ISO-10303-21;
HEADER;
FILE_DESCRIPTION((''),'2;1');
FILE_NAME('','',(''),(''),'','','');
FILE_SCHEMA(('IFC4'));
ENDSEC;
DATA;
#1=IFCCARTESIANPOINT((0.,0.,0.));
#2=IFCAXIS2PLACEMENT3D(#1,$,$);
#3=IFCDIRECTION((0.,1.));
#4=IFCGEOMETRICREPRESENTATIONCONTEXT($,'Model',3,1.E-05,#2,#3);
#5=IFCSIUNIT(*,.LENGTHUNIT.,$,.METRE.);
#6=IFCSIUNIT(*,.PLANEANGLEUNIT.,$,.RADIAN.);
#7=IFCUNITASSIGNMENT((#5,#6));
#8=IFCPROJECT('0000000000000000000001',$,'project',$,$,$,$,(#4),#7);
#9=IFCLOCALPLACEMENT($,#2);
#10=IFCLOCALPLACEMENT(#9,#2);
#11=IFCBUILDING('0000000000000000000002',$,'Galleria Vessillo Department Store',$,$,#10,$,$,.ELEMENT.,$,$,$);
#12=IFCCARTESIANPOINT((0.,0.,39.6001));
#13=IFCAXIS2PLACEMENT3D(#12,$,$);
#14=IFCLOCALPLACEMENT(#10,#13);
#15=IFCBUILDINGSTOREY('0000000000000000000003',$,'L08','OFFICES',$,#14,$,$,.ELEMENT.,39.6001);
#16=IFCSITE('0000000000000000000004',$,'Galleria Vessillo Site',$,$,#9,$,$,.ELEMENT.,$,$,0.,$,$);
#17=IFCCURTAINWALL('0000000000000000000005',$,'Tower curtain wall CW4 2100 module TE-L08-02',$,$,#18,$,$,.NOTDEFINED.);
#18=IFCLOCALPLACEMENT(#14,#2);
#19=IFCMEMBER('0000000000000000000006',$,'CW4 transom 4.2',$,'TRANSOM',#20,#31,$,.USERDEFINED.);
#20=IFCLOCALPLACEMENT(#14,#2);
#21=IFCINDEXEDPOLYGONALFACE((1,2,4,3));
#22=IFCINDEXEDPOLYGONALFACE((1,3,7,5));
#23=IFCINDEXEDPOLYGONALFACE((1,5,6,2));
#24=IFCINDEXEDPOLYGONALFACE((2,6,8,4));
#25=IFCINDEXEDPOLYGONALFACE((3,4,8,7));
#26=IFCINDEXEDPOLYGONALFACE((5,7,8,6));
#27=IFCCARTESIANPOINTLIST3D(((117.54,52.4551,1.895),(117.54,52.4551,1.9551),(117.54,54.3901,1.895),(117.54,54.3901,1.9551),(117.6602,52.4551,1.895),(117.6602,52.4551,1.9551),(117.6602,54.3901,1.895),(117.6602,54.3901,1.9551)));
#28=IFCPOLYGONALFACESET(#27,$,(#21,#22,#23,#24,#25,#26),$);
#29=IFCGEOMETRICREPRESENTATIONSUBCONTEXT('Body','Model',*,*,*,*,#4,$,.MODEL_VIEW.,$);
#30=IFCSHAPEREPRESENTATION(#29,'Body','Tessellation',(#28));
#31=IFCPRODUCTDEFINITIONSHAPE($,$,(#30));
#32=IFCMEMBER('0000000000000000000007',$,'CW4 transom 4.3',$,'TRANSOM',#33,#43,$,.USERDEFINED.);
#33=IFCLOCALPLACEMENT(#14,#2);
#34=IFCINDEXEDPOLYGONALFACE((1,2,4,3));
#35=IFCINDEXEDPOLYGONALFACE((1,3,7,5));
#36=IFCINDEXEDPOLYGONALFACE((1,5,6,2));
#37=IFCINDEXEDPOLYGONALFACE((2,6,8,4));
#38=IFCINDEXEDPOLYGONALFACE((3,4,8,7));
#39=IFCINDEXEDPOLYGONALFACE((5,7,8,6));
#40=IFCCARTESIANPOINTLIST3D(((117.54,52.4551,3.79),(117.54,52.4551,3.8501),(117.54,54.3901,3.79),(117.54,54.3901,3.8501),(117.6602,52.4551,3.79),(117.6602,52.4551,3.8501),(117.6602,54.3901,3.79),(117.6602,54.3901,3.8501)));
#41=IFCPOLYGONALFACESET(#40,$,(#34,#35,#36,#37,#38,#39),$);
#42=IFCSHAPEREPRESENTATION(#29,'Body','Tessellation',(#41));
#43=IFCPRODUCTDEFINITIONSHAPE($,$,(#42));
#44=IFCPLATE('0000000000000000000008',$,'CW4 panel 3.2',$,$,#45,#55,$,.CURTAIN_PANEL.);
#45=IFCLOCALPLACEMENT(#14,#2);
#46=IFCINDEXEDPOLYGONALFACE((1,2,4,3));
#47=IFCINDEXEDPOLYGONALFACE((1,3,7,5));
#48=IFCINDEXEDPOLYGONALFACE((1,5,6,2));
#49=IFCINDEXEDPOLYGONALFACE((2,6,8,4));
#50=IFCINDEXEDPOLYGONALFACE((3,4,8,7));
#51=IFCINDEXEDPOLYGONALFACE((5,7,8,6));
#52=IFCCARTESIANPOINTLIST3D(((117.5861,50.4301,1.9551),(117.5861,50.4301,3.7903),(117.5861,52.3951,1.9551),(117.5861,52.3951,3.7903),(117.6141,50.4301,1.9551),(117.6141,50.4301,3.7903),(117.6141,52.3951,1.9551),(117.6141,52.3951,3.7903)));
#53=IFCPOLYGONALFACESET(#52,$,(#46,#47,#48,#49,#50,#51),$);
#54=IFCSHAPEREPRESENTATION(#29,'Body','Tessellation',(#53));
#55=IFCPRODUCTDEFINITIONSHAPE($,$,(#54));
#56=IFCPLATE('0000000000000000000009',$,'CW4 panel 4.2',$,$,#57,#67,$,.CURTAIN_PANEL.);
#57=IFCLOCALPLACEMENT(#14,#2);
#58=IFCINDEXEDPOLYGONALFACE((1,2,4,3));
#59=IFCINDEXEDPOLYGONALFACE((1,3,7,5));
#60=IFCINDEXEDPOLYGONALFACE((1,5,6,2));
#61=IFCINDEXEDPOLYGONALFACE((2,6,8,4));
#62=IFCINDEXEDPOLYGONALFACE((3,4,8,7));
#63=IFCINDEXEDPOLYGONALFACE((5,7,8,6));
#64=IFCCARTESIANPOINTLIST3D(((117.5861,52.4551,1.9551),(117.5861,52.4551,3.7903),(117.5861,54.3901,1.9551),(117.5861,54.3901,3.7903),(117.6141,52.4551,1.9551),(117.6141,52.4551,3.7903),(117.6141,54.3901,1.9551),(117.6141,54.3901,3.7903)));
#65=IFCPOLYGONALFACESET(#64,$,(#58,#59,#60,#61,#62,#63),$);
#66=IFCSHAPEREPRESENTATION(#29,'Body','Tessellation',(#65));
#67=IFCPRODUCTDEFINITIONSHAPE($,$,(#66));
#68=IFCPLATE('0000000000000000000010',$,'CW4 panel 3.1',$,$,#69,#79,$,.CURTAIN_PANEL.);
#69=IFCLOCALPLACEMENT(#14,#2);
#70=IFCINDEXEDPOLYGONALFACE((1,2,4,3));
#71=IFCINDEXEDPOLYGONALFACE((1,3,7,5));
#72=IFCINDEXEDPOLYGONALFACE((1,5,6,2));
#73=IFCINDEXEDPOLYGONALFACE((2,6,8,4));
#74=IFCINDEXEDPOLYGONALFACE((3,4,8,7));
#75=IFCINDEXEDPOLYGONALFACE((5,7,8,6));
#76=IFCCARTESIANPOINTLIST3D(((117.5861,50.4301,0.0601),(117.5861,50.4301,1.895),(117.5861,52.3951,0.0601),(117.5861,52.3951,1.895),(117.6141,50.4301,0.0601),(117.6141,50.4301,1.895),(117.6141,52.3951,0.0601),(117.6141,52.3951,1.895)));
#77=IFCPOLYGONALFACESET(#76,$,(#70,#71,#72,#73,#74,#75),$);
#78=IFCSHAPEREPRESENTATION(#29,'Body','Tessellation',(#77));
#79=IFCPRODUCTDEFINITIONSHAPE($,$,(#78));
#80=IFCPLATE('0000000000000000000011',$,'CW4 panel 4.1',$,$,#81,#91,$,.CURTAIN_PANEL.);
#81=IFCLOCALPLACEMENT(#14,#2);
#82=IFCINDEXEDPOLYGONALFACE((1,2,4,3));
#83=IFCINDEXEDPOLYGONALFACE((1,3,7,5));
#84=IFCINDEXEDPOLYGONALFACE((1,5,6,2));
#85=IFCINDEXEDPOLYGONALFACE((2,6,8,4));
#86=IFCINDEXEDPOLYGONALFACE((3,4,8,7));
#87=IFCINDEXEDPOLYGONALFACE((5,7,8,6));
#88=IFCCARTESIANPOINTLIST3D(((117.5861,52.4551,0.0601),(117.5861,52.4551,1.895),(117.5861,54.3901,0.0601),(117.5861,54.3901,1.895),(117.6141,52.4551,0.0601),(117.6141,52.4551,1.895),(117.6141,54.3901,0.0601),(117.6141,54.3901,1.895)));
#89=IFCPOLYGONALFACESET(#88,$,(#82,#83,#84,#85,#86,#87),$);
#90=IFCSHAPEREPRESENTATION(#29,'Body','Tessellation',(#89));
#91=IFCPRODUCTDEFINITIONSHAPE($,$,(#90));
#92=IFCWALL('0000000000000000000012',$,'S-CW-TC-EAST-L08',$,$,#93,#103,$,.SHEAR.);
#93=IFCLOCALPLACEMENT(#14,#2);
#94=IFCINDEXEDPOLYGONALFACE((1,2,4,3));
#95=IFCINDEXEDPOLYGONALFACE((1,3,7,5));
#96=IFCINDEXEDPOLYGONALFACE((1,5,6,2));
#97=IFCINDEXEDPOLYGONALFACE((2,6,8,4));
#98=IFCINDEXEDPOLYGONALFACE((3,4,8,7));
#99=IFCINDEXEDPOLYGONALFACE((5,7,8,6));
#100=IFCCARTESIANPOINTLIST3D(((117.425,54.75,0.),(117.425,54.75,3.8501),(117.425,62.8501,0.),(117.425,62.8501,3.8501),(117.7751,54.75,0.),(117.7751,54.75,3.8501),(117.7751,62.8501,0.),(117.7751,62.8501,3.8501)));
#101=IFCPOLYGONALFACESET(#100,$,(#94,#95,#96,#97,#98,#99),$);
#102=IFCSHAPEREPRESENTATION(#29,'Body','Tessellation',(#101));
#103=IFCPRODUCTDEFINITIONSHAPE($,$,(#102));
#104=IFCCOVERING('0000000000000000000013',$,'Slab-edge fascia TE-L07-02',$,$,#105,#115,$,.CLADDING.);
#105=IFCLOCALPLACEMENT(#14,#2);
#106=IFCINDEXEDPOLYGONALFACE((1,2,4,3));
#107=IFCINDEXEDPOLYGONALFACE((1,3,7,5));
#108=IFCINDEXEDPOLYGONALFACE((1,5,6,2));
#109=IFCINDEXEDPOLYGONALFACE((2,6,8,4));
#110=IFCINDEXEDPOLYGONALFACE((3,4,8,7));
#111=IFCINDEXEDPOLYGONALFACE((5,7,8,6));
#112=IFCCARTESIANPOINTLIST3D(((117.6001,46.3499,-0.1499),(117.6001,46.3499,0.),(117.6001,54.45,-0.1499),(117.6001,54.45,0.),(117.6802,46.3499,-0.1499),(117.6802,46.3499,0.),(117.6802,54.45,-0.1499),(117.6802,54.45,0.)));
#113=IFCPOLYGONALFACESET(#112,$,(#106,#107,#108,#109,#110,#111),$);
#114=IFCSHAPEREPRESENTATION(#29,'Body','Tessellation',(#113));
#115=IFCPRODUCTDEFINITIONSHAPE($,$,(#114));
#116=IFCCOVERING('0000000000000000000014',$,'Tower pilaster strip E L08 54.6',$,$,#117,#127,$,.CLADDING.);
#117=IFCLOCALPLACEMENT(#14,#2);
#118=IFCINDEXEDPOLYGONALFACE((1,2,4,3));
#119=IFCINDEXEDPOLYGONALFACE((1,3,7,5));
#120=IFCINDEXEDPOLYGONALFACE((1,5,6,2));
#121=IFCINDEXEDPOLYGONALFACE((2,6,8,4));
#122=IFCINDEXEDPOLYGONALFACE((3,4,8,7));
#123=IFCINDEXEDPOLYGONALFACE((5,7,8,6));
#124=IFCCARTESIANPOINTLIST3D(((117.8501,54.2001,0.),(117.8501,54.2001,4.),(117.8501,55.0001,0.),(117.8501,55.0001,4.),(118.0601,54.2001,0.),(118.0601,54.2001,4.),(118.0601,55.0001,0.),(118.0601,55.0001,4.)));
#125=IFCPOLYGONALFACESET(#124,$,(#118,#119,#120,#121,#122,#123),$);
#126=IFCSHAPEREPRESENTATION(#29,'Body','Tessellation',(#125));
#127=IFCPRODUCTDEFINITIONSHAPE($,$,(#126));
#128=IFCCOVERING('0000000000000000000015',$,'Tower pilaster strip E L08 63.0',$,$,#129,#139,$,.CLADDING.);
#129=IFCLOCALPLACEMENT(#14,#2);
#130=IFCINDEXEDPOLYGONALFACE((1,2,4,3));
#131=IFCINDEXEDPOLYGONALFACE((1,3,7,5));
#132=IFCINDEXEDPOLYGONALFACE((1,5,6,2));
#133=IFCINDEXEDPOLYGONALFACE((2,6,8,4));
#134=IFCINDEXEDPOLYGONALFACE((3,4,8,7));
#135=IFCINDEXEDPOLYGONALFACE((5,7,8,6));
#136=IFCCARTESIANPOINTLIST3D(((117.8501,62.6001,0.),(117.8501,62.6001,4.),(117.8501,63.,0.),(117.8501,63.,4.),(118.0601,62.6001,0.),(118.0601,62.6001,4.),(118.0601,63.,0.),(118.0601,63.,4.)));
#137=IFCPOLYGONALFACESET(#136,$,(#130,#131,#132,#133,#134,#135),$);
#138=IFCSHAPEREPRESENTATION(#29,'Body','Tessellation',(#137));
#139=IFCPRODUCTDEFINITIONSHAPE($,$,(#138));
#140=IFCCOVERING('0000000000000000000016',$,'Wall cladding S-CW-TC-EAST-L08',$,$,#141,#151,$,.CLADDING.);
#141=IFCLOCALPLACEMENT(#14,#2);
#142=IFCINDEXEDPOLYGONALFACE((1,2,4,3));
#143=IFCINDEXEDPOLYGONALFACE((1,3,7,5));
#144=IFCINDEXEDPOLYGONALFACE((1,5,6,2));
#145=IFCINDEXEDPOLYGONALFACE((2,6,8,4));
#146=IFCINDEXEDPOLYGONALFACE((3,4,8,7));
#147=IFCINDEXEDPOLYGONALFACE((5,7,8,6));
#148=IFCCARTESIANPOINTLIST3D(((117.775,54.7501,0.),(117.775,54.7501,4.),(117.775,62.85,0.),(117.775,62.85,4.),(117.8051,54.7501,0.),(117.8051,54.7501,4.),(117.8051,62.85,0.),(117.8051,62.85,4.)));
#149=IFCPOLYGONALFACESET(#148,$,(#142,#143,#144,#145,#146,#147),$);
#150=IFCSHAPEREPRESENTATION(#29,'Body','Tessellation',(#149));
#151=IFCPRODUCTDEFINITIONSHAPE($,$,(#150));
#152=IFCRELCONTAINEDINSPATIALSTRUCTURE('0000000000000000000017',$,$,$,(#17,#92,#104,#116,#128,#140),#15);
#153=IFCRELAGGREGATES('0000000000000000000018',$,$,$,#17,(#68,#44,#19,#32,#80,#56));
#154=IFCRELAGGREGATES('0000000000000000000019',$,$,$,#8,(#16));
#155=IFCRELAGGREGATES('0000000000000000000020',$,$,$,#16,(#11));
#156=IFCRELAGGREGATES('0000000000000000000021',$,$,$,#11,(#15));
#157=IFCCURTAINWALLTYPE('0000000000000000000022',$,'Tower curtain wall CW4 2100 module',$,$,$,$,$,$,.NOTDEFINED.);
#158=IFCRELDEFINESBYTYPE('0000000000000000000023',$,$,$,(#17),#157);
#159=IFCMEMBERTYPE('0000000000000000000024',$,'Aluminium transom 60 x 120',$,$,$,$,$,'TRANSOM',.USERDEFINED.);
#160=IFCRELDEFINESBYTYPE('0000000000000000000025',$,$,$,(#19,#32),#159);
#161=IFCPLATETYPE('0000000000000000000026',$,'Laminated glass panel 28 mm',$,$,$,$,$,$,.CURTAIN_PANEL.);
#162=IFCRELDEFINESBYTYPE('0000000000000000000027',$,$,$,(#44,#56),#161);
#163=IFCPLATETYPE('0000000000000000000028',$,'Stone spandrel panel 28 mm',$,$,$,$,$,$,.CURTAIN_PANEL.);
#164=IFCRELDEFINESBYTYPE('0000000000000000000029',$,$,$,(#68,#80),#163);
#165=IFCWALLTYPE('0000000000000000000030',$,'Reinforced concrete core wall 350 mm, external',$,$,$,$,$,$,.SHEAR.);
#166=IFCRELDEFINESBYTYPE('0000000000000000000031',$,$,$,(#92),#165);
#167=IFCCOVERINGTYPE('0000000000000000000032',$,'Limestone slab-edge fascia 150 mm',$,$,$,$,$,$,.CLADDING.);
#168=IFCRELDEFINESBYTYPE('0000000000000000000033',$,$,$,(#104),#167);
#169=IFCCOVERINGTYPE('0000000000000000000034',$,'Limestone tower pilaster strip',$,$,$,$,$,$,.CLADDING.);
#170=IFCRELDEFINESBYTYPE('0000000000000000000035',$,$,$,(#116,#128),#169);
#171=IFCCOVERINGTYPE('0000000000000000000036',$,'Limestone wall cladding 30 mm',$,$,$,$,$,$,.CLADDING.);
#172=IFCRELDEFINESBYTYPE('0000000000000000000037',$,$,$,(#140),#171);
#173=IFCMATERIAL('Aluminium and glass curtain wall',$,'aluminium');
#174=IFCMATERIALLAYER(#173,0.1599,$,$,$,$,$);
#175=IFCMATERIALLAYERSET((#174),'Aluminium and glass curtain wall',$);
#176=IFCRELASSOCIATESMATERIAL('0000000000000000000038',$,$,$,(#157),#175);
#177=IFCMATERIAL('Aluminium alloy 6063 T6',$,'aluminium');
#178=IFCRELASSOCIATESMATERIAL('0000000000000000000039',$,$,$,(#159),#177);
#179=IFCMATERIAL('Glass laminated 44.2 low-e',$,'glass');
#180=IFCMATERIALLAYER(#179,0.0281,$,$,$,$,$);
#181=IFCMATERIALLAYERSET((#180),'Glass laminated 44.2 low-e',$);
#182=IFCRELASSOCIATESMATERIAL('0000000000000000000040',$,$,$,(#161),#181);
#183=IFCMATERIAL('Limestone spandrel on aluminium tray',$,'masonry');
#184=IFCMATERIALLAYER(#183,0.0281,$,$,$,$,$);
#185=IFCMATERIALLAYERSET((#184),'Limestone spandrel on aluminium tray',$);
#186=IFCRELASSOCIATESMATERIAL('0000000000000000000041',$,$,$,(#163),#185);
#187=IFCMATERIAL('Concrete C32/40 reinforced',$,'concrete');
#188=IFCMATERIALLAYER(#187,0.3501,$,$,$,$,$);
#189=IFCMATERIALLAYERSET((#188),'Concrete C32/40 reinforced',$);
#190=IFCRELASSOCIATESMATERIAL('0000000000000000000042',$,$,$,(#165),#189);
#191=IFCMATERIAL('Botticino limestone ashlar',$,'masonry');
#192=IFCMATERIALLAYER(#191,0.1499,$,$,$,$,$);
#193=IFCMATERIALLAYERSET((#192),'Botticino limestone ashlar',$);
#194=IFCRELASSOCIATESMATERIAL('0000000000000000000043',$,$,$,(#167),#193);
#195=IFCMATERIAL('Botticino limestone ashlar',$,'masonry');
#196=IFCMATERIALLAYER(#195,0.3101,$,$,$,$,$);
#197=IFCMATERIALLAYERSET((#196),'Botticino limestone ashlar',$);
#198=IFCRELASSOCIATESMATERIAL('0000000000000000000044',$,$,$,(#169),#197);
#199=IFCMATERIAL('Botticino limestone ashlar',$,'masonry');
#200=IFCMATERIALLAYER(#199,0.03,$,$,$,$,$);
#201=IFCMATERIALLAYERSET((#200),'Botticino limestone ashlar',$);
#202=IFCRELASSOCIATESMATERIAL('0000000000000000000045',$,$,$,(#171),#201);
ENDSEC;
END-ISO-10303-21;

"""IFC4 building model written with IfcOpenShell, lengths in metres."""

from ifc_helpers import new_model, si_unit, direction, frame, frame_2d, origin, origin_2d, place, context, subcontext, project, spatial, rectangle, extrude, material, layer, layer_set, material_profile, profile_set, type_object, element, aggregate, save


model = new_model("IFC4")

# Units and contexts
model_context = context("Model", 3, precision=1e-05, world=origin(), true_north=direction((0.0, 1.0)))
body_context = subcontext(model_context, "Body", "Model", "MODEL_VIEW")
ifc_project = project(units=[si_unit("LENGTHUNIT", "METRE"), si_unit("PLANEANGLEUNIT", "RADIAN")], contexts=[model_context])

# Site, building, storey
site_placement = place(None, origin())
site = spatial("IfcSite", under=ifc_project, at=site_placement, Name="Galleria Vessillo Site", CompositionType="ELEMENT", RefElevation=0.0)
building_placement = place(site_placement, origin())
building = spatial("IfcBuilding", under=site, at=building_placement, Name="Galleria Vessillo Department Store", CompositionType="ELEMENT")
storey_placement = place(building_placement, frame((0.0, 0.0, 39.6001)))
storey = spatial("IfcBuildingStorey", under=building, at=storey_placement, Name="L08", Description="OFFICES", CompositionType="ELEMENT", Elevation=39.6001)

# Curtain wall, members, plates
ifc_material_1 = material(Name="Aluminium and glass curtain wall", Category="aluminium")
ifc_layer_1 = layer(ifc_material_1, 0.1599)
ifc_layer_set_1 = layer_set([ifc_layer_1], Name="Aluminium and glass curtain wall")
curtain_wall_type = type_object("IfcCurtainWallType", Name="Tower curtain wall CW4 2100 module", PredefinedType="NOTDEFINED", material=ifc_layer_set_1)
curtain_wall_placement = place(storey_placement, origin())
curtain_wall = element("IfcCurtainWall", 1, at=curtain_wall_placement, inside=storey, type_object=curtain_wall_type, Name="Tower curtain wall CW4 2100 module TE-L08-02", PredefinedType="NOTDEFINED")
ifc_material_2 = material(Name="Aluminium alloy 6063 T6", Category="aluminium")
ifc_material_profile_1 = material_profile(ifc_material_2, rectangle(XDim=0.1201, YDim=0.0601, at=origin_2d()), Name="AL 60x120")
ifc_profile_set_1 = profile_set([ifc_material_profile_1], Name="Aluminium alloy 6063 T6")
member_type_1 = type_object("IfcMemberType", Name="Aluminium transom 60 x 120", ElementType="TRANSOM", PredefinedType="USERDEFINED", material=ifc_profile_set_1)
member_1_placement = place(storey_placement, frame((117.6001, 52.4551, 1.925), z_axis=(0.0, 1.0, 0.0), x_axis=(-1.0, 0.0, 0.0)))
member_1 = element("IfcMember", 2, at=member_1_placement, type_object=member_type_1, Name="CW4 transom 4.2", ObjectType="TRANSOM", PredefinedType="USERDEFINED", context=body_context, shape_type="SweptSolid", body=[
    extrude(rectangle(XDim=0.1201, YDim=0.0601, at=origin_2d()), origin(), (0.0, 0.0, 1.0), 1.9351),
])
member_2_placement = place(storey_placement, frame((117.6001, 52.4551, 3.8201), z_axis=(0.0, 1.0, 0.0), x_axis=(-1.0, 0.0, 0.0)))
member_2 = element("IfcMember", 3, at=member_2_placement, type_object=member_type_1, Name="CW4 transom 4.3", ObjectType="TRANSOM", PredefinedType="USERDEFINED", context=body_context, shape_type="SweptSolid", body=[
    extrude(rectangle(XDim=0.1201, YDim=0.0601, at=origin_2d()), origin(), (0.0, 0.0, 1.0), 1.9351),
])
ifc_material_3 = material(Name="Glass laminated 44.2 low-e", Category="glass")
ifc_layer_2 = layer(ifc_material_3, 0.0281)
ifc_layer_set_2 = layer_set([ifc_layer_2], Name="Glass laminated 44.2 low-e")
plate_type_1 = type_object("IfcPlateType", Name="Laminated glass panel 28 mm", PredefinedType="CURTAIN_PANEL", material=ifc_layer_set_2)
plate_1_placement = place(storey_placement, frame((117.6001, 51.4126, 1.9551), z_axis=(0.0, 0.0, 1.0), x_axis=(0.0, 1.0, 0.0)))
plate_1 = element("IfcPlate", 4, at=plate_1_placement, type_object=plate_type_1, Name="CW4 panel 3.2", PredefinedType="CURTAIN_PANEL", context=body_context, shape_type="SweptSolid", body=[
    extrude(rectangle(XDim=1.9651, YDim=0.0281, at=origin_2d()), origin(), (0.0, 0.0, 1.0), 1.8352),
])
plate_2_placement = place(storey_placement, frame((117.6001, 53.4226, 1.9551), z_axis=(0.0, 0.0, 1.0), x_axis=(0.0, 1.0, 0.0)))
plate_2 = element("IfcPlate", 5, at=plate_2_placement, type_object=plate_type_1, Name="CW4 panel 4.2", PredefinedType="CURTAIN_PANEL", context=body_context, shape_type="SweptSolid", body=[
    extrude(rectangle(XDim=1.9351, YDim=0.0281, at=origin_2d()), origin(), (0.0, 0.0, 1.0), 1.8352),
])
ifc_material_4 = material(Name="Limestone spandrel on aluminium tray", Category="masonry")
ifc_layer_3 = layer(ifc_material_4, 0.0281)
ifc_layer_set_3 = layer_set([ifc_layer_3], Name="Limestone spandrel on aluminium tray")
plate_type_2 = type_object("IfcPlateType", Name="Stone spandrel panel 28 mm", PredefinedType="CURTAIN_PANEL", material=ifc_layer_set_3)
plate_3_placement = place(storey_placement, frame((117.6001, 51.4126, 0.0601), z_axis=(0.0, 0.0, 1.0), x_axis=(0.0, 1.0, 0.0)))
plate_3 = element("IfcPlate", 6, at=plate_3_placement, type_object=plate_type_2, Name="CW4 panel 3.1", PredefinedType="CURTAIN_PANEL", context=body_context, shape_type="SweptSolid", body=[
    extrude(rectangle(XDim=1.9651, YDim=0.0281, at=origin_2d()), origin(), (0.0, 0.0, 1.0), 1.835),
])
plate_4_placement = place(storey_placement, frame((117.6001, 53.4226, 0.0601), z_axis=(0.0, 0.0, 1.0), x_axis=(0.0, 1.0, 0.0)))
plate_4 = element("IfcPlate", 7, at=plate_4_placement, type_object=plate_type_2, Name="CW4 panel 4.1", PredefinedType="CURTAIN_PANEL", context=body_context, shape_type="SweptSolid", body=[
    extrude(rectangle(XDim=1.9351, YDim=0.0281, at=origin_2d()), origin(), (0.0, 0.0, 1.0), 1.835),
])
aggregate(curtain_wall, [plate_3, plate_1, member_1, member_2, plate_4, plate_2])

# Wall
ifc_material_5 = material(Name="Concrete C32/40 reinforced", Category="concrete")
ifc_layer_4 = layer(ifc_material_5, 0.3501)
ifc_layer_set_4 = layer_set([ifc_layer_4], Name="Concrete C32/40 reinforced")
wall_type = type_object("IfcWallType", Name="Reinforced concrete core wall 350 mm, external", PredefinedType="SHEAR", material=ifc_layer_set_4)
wall_placement = place(storey_placement, frame((117.6001, 54.75, 0.0), z_axis=(0.0, 0.0, 1.0), x_axis=(0.0, 1.0, 0.0)))
element("IfcWall", 8, at=wall_placement, inside=storey, type_object=wall_type, Name="S-CW-TC-EAST-L08", PredefinedType="SHEAR", context=body_context, shape_type="SweptSolid", body=[
    extrude(rectangle(XDim=8.1001, YDim=0.3501, at=frame_2d((4.05, 0.0))), origin(), (0.0, 0.0, 1.0), 3.8501),
])

# Coverings
ifc_material_6 = material(Name="Botticino limestone ashlar", Category="masonry")
ifc_layer_5 = layer(ifc_material_6, 0.1499)
ifc_layer_set_5 = layer_set([ifc_layer_5], Name="Botticino limestone ashlar")
covering_type_1 = type_object("IfcCoveringType", Name="Limestone slab-edge fascia 150 mm", PredefinedType="CLADDING", material=ifc_layer_set_5)
covering_1_placement = place(storey_placement, frame((117.6401, 50.3999, -0.1499), z_axis=(0.0, 0.0, 1.0), x_axis=(1.0, 0.0, 0.0)))
element("IfcCovering", 9, at=covering_1_placement, inside=storey, type_object=covering_type_1, Name="Slab-edge fascia TE-L07-02", PredefinedType="CLADDING", context=body_context, shape_type="SweptSolid", body=[
    extrude(rectangle(XDim=0.0801, YDim=8.1001, at=origin_2d()), origin(), (0.0, 0.0, 1.0), 0.1499),
])
ifc_material_7 = material(Name="Botticino limestone ashlar", Category="masonry")
ifc_layer_6 = layer(ifc_material_7, 0.3101)
ifc_layer_set_6 = layer_set([ifc_layer_6], Name="Botticino limestone ashlar")
covering_type_2 = type_object("IfcCoveringType", Name="Limestone tower pilaster strip", PredefinedType="CLADDING", material=ifc_layer_set_6)
covering_2_placement = place(storey_placement, frame((117.9551, 54.6001, 0.0), z_axis=(0.0, 0.0, 1.0), x_axis=(1.0, 0.0, 0.0)))
element("IfcCovering", 10, at=covering_2_placement, inside=storey, type_object=covering_type_2, Name="Tower pilaster strip E L08 54.6", PredefinedType="CLADDING", context=body_context, shape_type="SweptSolid", body=[
    extrude(rectangle(XDim=0.21, YDim=0.8, at=origin_2d()), origin(), (0.0, 0.0, 1.0), 4.0),
])
covering_3_placement = place(storey_placement, frame((117.9551, 62.8, 0.0), z_axis=(0.0, 0.0, 1.0), x_axis=(1.0, 0.0, 0.0)))
element("IfcCovering", 11, at=covering_3_placement, inside=storey, type_object=covering_type_2, Name="Tower pilaster strip E L08 63.0", PredefinedType="CLADDING", context=body_context, shape_type="SweptSolid", body=[
    extrude(rectangle(XDim=0.21, YDim=0.3999, at=origin_2d()), origin(), (0.0, 0.0, 1.0), 4.0),
])
ifc_material_8 = material(Name="Botticino limestone ashlar", Category="masonry")
ifc_layer_7 = layer(ifc_material_8, 0.03)
ifc_layer_set_7 = layer_set([ifc_layer_7], Name="Botticino limestone ashlar")
covering_type_3 = type_object("IfcCoveringType", Name="Limestone wall cladding 30 mm", PredefinedType="CLADDING", material=ifc_layer_set_7)
covering_4_placement = place(storey_placement, frame((117.79, 58.8, 0.0), z_axis=(0.0, 0.0, 1.0), x_axis=(1.0, 0.0, 0.0)))
element("IfcCovering", 12, at=covering_4_placement, inside=storey, type_object=covering_type_3, Name="Wall cladding S-CW-TC-EAST-L08", PredefinedType="CLADDING", context=body_context, shape_type="SweptSolid", body=[
    extrude(rectangle(XDim=0.03, YDim=8.0999, at=origin_2d()), origin(), (0.0, 0.0, 1.0), 4.0),
])

save(model, "model.ifc")
